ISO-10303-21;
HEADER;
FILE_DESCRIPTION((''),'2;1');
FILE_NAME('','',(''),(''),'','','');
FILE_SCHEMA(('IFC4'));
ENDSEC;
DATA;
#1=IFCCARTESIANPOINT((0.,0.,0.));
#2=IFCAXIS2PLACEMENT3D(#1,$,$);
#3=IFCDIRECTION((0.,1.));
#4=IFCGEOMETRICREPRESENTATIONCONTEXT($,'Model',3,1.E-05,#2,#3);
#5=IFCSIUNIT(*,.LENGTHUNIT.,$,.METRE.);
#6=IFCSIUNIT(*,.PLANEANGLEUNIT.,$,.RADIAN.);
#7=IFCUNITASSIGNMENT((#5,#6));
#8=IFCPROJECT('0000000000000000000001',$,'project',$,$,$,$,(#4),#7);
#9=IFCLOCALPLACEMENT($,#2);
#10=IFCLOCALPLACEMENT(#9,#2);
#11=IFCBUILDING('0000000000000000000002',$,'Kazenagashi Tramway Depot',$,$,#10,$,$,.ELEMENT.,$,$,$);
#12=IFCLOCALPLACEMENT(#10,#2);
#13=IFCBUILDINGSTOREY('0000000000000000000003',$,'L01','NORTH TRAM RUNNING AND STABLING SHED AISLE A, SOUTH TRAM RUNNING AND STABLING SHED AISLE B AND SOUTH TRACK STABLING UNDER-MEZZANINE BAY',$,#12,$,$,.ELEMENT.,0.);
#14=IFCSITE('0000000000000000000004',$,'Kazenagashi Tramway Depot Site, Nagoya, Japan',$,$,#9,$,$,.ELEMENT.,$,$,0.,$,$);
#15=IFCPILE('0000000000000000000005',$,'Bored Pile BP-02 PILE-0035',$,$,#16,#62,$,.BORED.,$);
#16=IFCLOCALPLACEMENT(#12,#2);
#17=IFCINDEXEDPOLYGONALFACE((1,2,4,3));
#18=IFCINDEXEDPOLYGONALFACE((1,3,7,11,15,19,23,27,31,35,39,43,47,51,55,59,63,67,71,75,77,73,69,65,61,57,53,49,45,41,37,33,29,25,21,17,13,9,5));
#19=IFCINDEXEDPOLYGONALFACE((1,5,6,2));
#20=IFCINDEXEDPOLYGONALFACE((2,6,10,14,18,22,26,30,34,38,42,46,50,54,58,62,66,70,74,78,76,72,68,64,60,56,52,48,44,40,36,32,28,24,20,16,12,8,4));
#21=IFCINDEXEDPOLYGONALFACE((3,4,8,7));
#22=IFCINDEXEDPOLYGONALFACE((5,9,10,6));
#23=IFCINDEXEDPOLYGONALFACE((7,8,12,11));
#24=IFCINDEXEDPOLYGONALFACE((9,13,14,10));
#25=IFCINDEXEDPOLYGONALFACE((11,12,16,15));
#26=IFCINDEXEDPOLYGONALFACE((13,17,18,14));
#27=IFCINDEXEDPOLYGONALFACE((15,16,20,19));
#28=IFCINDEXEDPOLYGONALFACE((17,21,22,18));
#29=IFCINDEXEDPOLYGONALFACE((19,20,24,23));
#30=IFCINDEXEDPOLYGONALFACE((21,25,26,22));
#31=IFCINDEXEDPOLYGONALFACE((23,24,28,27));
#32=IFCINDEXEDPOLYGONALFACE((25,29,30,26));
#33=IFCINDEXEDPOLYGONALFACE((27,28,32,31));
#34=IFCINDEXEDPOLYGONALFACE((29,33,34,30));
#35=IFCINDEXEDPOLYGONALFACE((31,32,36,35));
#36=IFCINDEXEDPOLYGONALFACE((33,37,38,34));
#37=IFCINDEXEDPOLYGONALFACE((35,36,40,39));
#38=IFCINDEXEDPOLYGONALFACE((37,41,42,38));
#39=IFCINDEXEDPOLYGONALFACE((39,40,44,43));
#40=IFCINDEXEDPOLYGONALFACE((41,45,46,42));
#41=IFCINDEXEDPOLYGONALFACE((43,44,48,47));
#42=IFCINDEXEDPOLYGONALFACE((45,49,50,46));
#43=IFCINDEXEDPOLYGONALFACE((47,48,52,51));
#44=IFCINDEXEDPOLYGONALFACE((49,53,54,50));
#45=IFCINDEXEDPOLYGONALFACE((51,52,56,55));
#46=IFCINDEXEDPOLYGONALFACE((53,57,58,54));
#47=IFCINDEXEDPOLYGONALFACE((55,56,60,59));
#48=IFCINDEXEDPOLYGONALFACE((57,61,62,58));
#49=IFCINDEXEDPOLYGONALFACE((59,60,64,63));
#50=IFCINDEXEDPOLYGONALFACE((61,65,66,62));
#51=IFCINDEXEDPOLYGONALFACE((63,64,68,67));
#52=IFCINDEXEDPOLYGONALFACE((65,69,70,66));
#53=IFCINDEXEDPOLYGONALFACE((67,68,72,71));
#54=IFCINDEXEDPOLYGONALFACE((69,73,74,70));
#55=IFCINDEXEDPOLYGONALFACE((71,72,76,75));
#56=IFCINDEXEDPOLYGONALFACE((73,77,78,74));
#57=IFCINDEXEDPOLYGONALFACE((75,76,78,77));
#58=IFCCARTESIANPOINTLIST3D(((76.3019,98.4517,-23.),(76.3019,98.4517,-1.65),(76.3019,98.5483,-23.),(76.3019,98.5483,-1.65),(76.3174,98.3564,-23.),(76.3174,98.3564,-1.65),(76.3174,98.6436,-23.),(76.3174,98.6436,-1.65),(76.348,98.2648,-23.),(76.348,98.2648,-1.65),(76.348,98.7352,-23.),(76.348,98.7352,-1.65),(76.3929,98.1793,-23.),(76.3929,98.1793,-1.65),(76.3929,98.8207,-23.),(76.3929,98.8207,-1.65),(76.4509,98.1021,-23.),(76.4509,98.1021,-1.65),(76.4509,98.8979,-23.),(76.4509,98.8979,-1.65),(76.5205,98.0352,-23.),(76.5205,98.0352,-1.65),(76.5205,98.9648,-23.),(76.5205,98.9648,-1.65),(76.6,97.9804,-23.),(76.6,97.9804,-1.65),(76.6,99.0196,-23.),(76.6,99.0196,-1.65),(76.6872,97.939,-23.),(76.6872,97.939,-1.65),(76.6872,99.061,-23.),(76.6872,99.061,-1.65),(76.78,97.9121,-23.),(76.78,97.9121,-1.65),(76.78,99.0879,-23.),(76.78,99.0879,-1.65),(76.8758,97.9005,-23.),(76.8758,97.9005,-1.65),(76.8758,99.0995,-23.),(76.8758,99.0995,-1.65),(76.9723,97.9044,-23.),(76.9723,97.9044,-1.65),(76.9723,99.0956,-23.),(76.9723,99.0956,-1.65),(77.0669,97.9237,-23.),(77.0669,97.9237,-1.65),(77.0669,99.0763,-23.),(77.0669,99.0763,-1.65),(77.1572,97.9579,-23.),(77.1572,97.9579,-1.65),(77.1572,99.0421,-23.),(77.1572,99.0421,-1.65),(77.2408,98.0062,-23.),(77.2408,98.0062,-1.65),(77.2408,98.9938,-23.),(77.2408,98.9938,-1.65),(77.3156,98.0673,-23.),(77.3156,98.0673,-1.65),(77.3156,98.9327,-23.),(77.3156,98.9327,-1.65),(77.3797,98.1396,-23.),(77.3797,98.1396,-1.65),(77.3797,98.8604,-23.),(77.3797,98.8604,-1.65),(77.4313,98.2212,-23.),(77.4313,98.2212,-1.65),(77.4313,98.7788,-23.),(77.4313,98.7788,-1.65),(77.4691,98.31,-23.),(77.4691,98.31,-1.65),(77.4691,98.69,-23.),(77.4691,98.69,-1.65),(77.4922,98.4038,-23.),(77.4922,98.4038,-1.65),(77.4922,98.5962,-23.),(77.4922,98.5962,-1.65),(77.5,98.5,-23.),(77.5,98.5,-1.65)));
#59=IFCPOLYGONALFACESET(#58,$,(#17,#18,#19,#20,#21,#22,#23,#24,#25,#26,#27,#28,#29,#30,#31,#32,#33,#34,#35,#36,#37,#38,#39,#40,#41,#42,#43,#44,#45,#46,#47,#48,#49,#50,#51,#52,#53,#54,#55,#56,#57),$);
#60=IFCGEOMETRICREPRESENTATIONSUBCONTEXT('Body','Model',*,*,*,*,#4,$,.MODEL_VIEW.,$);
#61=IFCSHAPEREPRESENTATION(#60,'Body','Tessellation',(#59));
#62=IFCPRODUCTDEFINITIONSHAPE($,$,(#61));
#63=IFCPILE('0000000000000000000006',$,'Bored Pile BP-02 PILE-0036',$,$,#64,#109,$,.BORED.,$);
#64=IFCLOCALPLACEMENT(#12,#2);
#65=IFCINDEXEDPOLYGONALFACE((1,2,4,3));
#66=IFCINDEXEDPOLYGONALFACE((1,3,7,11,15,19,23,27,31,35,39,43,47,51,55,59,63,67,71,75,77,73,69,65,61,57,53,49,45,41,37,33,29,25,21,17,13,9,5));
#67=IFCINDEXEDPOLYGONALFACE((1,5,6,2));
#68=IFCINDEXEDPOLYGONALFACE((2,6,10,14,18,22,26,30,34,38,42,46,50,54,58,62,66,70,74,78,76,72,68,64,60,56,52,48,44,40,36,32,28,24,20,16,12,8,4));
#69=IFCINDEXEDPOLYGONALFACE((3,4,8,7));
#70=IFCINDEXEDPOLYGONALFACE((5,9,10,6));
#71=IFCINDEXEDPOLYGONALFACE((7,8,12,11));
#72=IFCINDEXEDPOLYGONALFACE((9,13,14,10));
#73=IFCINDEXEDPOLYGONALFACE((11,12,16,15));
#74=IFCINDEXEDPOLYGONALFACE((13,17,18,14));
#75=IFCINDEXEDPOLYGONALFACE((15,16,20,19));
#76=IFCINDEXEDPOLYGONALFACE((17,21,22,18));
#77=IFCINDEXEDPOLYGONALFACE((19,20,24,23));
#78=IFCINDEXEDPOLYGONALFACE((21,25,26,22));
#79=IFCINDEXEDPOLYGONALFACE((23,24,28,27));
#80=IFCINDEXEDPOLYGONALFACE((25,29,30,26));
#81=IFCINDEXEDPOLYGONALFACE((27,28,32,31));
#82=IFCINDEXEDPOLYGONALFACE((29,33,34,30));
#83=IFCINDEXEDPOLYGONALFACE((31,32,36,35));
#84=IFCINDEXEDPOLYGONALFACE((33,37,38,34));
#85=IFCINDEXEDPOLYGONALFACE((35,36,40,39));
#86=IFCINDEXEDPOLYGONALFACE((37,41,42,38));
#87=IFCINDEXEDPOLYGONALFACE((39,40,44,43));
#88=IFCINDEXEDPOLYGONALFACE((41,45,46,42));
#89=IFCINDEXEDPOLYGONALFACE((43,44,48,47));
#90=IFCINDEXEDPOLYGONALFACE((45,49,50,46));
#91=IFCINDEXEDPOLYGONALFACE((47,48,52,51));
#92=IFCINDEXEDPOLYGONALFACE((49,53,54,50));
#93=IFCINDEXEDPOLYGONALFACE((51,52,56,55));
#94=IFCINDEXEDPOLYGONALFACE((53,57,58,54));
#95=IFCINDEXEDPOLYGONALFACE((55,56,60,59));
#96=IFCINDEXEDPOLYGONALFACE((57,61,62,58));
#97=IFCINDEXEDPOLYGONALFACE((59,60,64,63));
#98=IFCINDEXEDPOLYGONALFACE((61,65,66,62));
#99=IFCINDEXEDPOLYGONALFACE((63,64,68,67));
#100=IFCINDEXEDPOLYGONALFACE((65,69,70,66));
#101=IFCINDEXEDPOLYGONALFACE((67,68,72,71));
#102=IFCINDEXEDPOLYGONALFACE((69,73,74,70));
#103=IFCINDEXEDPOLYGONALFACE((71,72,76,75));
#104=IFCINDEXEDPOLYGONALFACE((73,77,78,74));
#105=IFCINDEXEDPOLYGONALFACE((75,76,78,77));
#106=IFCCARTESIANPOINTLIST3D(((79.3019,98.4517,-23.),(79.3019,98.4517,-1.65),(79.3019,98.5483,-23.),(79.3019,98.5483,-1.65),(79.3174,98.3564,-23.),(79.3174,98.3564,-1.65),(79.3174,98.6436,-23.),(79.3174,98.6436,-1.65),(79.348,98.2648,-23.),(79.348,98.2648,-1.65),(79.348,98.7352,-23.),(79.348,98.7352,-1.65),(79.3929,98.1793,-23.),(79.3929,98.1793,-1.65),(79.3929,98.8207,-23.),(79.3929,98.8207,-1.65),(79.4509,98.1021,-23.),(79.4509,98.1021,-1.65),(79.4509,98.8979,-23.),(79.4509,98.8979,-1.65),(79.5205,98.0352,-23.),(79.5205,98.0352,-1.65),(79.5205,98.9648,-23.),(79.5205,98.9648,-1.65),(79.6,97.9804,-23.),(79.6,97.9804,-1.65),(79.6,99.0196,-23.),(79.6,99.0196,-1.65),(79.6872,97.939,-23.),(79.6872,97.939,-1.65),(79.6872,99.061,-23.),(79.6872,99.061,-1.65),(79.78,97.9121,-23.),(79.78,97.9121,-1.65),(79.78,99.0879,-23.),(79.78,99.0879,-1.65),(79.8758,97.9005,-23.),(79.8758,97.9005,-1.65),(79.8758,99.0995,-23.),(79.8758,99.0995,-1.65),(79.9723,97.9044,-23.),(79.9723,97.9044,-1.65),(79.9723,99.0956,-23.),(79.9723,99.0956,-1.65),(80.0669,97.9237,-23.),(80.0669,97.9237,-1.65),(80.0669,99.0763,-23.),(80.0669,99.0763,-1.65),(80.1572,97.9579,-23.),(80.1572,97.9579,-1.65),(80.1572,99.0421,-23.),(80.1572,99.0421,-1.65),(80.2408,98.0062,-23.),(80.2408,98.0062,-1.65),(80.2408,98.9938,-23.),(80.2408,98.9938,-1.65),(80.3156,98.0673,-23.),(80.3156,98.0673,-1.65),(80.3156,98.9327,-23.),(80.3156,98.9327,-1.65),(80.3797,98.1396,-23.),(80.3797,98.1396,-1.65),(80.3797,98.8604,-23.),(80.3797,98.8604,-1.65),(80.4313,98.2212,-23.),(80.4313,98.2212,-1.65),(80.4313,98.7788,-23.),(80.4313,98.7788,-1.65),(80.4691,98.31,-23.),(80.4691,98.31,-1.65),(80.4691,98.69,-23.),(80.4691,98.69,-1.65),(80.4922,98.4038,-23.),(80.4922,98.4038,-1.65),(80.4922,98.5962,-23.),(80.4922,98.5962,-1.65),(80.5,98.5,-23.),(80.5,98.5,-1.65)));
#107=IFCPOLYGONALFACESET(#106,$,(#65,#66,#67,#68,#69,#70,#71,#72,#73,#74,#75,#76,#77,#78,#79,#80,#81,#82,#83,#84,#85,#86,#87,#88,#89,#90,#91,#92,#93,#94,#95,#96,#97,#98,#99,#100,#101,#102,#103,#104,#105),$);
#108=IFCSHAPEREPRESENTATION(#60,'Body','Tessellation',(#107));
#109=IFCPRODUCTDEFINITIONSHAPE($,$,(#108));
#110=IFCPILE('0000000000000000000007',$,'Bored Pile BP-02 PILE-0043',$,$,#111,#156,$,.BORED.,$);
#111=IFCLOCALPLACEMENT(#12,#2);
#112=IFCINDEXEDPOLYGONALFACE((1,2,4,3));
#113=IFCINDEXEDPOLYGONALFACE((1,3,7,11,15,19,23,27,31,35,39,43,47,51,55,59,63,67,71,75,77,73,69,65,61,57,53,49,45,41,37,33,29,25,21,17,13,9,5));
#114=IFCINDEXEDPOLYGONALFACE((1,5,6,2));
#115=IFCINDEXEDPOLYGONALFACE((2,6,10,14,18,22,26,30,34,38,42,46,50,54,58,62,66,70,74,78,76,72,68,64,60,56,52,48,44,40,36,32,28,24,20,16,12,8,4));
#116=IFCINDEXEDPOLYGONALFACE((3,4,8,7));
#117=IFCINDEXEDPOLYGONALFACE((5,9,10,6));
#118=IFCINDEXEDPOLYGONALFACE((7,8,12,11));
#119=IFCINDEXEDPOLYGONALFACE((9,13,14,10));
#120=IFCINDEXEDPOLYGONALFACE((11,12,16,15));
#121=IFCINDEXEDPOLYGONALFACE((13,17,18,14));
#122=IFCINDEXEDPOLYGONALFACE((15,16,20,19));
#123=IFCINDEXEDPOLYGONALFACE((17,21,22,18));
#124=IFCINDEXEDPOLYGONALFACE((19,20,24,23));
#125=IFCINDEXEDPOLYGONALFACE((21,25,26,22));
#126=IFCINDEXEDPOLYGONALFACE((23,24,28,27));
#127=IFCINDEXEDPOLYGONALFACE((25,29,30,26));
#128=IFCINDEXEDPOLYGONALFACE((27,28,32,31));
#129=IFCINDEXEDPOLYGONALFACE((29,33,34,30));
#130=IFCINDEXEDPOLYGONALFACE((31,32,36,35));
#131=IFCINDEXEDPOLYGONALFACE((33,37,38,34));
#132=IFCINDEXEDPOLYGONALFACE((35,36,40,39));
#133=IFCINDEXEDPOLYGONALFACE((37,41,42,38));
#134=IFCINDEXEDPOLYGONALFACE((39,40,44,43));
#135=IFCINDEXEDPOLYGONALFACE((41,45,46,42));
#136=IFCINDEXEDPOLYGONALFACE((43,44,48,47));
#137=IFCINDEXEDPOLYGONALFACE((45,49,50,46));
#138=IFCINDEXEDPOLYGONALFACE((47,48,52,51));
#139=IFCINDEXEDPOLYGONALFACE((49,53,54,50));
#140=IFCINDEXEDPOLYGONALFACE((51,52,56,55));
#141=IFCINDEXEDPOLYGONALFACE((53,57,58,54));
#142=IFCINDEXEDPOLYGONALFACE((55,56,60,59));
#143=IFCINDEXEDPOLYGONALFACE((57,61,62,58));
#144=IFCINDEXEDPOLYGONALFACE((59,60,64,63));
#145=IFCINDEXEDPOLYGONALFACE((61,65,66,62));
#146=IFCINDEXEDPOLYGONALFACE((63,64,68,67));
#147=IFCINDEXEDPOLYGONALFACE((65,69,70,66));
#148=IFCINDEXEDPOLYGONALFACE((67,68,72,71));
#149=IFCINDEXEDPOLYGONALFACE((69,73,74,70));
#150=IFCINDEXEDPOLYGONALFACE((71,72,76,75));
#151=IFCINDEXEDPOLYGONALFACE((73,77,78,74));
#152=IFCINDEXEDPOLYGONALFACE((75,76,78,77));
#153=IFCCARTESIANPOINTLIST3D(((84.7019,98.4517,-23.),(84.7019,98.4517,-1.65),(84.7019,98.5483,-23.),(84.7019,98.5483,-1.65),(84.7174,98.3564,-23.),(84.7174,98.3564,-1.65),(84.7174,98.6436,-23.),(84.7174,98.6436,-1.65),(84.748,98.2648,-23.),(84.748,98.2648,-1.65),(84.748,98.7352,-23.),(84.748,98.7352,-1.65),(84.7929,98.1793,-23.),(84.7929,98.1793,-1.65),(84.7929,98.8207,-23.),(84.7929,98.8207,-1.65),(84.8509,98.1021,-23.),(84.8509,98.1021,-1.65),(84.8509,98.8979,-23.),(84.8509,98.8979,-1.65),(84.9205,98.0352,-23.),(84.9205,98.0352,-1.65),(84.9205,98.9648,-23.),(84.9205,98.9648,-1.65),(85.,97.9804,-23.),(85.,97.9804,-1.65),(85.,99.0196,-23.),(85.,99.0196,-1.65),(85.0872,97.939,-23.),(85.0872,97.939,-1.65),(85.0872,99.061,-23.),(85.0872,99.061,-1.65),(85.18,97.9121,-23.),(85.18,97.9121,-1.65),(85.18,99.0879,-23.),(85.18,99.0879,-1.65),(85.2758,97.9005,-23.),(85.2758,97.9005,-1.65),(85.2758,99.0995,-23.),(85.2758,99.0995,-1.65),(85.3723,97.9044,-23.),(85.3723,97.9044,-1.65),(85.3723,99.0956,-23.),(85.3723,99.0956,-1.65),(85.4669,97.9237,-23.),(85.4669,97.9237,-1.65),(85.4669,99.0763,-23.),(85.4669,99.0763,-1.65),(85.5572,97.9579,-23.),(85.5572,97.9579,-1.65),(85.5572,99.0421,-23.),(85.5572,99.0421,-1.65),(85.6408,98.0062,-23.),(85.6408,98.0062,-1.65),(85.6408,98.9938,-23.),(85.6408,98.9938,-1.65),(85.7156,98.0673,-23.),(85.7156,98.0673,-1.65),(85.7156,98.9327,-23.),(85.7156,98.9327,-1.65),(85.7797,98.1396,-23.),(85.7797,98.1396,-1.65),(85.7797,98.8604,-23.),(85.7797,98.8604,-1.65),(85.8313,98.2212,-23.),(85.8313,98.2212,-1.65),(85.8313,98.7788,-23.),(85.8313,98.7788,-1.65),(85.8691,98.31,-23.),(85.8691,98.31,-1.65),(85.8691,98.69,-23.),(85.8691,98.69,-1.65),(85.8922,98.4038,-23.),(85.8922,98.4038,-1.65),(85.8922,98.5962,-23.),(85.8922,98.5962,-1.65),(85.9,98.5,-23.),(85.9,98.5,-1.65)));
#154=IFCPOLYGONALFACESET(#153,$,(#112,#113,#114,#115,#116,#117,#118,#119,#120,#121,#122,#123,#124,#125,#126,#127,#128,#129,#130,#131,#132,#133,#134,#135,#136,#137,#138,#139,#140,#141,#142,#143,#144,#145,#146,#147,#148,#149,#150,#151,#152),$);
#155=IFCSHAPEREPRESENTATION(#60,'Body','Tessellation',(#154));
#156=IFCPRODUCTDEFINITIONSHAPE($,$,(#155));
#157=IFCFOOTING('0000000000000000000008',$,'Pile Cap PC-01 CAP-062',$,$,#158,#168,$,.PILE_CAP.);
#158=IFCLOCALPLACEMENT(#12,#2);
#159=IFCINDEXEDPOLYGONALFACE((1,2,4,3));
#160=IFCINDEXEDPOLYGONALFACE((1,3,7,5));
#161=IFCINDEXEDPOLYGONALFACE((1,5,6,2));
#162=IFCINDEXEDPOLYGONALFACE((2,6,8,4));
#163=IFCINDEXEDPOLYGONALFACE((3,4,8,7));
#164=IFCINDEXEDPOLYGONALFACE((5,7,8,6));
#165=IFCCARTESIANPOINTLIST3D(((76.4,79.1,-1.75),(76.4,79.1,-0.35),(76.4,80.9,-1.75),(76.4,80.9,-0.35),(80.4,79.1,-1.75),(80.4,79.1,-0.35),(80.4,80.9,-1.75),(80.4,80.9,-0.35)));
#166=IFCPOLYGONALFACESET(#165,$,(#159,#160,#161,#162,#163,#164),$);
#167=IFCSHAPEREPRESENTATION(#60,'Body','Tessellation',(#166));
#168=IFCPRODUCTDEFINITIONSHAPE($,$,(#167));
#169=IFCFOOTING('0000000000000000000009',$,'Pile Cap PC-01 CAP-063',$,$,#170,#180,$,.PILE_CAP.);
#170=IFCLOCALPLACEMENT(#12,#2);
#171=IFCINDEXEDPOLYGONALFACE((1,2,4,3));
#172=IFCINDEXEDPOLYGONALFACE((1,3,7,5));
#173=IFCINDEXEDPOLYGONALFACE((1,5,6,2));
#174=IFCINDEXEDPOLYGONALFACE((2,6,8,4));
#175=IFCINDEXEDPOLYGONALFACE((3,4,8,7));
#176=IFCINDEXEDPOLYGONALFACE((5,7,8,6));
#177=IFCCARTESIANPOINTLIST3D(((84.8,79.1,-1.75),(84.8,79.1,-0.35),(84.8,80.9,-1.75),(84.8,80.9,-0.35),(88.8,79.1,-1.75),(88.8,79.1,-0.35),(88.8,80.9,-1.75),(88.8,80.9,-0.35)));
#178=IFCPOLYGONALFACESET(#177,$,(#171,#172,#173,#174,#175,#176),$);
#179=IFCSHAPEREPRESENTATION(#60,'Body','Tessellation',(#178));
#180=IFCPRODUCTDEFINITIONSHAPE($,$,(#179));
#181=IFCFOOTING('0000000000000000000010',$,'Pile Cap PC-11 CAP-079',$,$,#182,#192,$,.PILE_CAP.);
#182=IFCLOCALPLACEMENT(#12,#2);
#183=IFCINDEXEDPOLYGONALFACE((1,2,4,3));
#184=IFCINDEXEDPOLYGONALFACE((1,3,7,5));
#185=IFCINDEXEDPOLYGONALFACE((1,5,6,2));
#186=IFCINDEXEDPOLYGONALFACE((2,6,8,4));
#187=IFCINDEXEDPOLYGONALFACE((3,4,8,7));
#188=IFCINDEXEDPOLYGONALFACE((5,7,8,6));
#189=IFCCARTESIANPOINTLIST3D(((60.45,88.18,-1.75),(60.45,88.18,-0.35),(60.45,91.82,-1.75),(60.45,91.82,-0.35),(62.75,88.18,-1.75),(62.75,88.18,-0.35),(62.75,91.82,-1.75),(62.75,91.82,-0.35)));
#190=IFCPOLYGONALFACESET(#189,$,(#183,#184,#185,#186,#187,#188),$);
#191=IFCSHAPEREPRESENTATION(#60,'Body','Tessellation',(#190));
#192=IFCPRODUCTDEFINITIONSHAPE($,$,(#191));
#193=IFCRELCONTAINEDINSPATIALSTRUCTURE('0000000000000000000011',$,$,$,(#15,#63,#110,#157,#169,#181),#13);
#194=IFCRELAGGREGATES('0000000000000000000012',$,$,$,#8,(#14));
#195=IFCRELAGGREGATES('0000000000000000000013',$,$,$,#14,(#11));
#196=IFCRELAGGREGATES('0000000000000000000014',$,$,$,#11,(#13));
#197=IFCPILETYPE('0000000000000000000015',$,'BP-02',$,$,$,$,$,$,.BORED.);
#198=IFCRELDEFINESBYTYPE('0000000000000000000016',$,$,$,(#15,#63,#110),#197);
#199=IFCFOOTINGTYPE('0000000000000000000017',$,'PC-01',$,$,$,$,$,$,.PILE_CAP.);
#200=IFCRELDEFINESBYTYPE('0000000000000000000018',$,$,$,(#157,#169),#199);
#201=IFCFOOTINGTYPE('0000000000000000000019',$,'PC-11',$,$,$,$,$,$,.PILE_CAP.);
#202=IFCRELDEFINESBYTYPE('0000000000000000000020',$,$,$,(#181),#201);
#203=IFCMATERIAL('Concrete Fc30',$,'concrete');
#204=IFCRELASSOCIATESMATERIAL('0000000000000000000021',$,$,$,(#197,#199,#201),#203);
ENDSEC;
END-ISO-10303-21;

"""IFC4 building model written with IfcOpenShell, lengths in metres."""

from ifc_helpers import new_model, si_unit, direction, frame, origin, origin_2d, place, context, subcontext, project, spatial, rectangle, circle, extrude, material, material_profile, profile_set, type_object, element, save


model = new_model("IFC4")

# Units and contexts
model_context = context("Model", 3, precision=1e-05, world=origin(), true_north=direction((0.0, 1.0)))
body_context = subcontext(model_context, "Body", "Model", "MODEL_VIEW")
ifc_project = project(units=[si_unit("LENGTHUNIT", "METRE"), si_unit("PLANEANGLEUNIT", "RADIAN")], contexts=[model_context])

# Site, building, storey
site_placement = place(None, origin())
site = spatial("IfcSite", under=ifc_project, at=site_placement, Name="Kazenagashi Tramway Depot Site, Nagoya, Japan", CompositionType="ELEMENT", RefElevation=0.0)
building_placement = place(site_placement, origin())
building = spatial("IfcBuilding", under=site, at=building_placement, Name="Kazenagashi Tramway Depot", CompositionType="ELEMENT")
storey_placement = place(building_placement, origin())
storey = spatial("IfcBuildingStorey", under=building, at=storey_placement, Name="L01", Description="NORTH TRAM RUNNING AND STABLING SHED AISLE A, SOUTH TRAM RUNNING AND STABLING SHED AISLE B AND SOUTH TRACK STABLING UNDER-MEZZANINE BAY", CompositionType="ELEMENT", Elevation=0.0)

# Piles
ifc_material_1 = material(Name="Concrete Fc30", Category="concrete")
ifc_material_profile_1 = material_profile(ifc_material_1, circle(Radius=0.6, at=origin_2d()), Name="PILE-1200")
ifc_profile_set_1 = profile_set([ifc_material_profile_1], Name="Concrete Fc30")
pile_type_1 = type_object("IfcPileType", Name="BP-02", PredefinedType="BORED", material=ifc_profile_set_1)
for number, where, z_axis, x_axis, name in (
    (1, (76.9, 98.5, -1.65), (0.0, 0.0, -1.0), (1.0, 0.0, 0.0), "Bored Pile BP-02 PILE-0035"),
    (2, (79.9, 98.5, -1.65), (0.0, 0.0, -1.0), (1.0, 0.0, 0.0), "Bored Pile BP-02 PILE-0036"),
    (3, (85.3, 98.5, -1.65), (0.0, 0.0, -1.0), (1.0, 0.0, 0.0), "Bored Pile BP-02 PILE-0043"),
):
    element("IfcPile", number, at=place(storey_placement, frame(where, z_axis=z_axis, x_axis=x_axis)), inside=storey, type_object=pile_type_1, Name=name, PredefinedType="BORED", context=body_context, shape_type="SweptSolid", body=[
        extrude(circle(Radius=0.6, at=origin_2d()), origin(), (0.0, 0.0, 1.0), 21.35),
    ])

# Footings
footing_type_1 = type_object("IfcFootingType", Name="PC-01", PredefinedType="PILE_CAP", material=ifc_material_1)
for number, where, z_axis, x_axis, name in (
    (4, (78.4, 80.0, -1.75), (0.0, 0.0, 1.0), (1.0, 0.0, 0.0), "Pile Cap PC-01 CAP-062"),
    (5, (86.8, 80.0, -1.75), (0.0, 0.0, 1.0), (1.0, 0.0, 0.0), "Pile Cap PC-01 CAP-063"),
):
    element("IfcFooting", number, at=place(storey_placement, frame(where, z_axis=z_axis, x_axis=x_axis)), inside=storey, type_object=footing_type_1, Name=name, PredefinedType="PILE_CAP", context=body_context, shape_type="SweptSolid", body=[
        extrude(rectangle(XDim=4.0, YDim=1.8, at=origin_2d()), origin(), (0.0, 0.0, 1.0), 1.4),
    ])
footing_type_2 = type_object("IfcFootingType", Name="PC-11", PredefinedType="PILE_CAP", material=ifc_material_1)
footing_placement = place(storey_placement, frame((61.6, 90.0, -1.75), z_axis=(0.0, 0.0, 1.0), x_axis=(1.0, 0.0, 0.0)))
element("IfcFooting", 6, at=footing_placement, inside=storey, type_object=footing_type_2, Name="Pile Cap PC-11 CAP-079", PredefinedType="PILE_CAP", context=body_context, shape_type="SweptSolid", body=[
    extrude(rectangle(XDim=2.3, YDim=3.64, at=origin_2d()), origin(), (0.0, 0.0, 1.0), 1.4),
])

save(model, "model.ifc")
